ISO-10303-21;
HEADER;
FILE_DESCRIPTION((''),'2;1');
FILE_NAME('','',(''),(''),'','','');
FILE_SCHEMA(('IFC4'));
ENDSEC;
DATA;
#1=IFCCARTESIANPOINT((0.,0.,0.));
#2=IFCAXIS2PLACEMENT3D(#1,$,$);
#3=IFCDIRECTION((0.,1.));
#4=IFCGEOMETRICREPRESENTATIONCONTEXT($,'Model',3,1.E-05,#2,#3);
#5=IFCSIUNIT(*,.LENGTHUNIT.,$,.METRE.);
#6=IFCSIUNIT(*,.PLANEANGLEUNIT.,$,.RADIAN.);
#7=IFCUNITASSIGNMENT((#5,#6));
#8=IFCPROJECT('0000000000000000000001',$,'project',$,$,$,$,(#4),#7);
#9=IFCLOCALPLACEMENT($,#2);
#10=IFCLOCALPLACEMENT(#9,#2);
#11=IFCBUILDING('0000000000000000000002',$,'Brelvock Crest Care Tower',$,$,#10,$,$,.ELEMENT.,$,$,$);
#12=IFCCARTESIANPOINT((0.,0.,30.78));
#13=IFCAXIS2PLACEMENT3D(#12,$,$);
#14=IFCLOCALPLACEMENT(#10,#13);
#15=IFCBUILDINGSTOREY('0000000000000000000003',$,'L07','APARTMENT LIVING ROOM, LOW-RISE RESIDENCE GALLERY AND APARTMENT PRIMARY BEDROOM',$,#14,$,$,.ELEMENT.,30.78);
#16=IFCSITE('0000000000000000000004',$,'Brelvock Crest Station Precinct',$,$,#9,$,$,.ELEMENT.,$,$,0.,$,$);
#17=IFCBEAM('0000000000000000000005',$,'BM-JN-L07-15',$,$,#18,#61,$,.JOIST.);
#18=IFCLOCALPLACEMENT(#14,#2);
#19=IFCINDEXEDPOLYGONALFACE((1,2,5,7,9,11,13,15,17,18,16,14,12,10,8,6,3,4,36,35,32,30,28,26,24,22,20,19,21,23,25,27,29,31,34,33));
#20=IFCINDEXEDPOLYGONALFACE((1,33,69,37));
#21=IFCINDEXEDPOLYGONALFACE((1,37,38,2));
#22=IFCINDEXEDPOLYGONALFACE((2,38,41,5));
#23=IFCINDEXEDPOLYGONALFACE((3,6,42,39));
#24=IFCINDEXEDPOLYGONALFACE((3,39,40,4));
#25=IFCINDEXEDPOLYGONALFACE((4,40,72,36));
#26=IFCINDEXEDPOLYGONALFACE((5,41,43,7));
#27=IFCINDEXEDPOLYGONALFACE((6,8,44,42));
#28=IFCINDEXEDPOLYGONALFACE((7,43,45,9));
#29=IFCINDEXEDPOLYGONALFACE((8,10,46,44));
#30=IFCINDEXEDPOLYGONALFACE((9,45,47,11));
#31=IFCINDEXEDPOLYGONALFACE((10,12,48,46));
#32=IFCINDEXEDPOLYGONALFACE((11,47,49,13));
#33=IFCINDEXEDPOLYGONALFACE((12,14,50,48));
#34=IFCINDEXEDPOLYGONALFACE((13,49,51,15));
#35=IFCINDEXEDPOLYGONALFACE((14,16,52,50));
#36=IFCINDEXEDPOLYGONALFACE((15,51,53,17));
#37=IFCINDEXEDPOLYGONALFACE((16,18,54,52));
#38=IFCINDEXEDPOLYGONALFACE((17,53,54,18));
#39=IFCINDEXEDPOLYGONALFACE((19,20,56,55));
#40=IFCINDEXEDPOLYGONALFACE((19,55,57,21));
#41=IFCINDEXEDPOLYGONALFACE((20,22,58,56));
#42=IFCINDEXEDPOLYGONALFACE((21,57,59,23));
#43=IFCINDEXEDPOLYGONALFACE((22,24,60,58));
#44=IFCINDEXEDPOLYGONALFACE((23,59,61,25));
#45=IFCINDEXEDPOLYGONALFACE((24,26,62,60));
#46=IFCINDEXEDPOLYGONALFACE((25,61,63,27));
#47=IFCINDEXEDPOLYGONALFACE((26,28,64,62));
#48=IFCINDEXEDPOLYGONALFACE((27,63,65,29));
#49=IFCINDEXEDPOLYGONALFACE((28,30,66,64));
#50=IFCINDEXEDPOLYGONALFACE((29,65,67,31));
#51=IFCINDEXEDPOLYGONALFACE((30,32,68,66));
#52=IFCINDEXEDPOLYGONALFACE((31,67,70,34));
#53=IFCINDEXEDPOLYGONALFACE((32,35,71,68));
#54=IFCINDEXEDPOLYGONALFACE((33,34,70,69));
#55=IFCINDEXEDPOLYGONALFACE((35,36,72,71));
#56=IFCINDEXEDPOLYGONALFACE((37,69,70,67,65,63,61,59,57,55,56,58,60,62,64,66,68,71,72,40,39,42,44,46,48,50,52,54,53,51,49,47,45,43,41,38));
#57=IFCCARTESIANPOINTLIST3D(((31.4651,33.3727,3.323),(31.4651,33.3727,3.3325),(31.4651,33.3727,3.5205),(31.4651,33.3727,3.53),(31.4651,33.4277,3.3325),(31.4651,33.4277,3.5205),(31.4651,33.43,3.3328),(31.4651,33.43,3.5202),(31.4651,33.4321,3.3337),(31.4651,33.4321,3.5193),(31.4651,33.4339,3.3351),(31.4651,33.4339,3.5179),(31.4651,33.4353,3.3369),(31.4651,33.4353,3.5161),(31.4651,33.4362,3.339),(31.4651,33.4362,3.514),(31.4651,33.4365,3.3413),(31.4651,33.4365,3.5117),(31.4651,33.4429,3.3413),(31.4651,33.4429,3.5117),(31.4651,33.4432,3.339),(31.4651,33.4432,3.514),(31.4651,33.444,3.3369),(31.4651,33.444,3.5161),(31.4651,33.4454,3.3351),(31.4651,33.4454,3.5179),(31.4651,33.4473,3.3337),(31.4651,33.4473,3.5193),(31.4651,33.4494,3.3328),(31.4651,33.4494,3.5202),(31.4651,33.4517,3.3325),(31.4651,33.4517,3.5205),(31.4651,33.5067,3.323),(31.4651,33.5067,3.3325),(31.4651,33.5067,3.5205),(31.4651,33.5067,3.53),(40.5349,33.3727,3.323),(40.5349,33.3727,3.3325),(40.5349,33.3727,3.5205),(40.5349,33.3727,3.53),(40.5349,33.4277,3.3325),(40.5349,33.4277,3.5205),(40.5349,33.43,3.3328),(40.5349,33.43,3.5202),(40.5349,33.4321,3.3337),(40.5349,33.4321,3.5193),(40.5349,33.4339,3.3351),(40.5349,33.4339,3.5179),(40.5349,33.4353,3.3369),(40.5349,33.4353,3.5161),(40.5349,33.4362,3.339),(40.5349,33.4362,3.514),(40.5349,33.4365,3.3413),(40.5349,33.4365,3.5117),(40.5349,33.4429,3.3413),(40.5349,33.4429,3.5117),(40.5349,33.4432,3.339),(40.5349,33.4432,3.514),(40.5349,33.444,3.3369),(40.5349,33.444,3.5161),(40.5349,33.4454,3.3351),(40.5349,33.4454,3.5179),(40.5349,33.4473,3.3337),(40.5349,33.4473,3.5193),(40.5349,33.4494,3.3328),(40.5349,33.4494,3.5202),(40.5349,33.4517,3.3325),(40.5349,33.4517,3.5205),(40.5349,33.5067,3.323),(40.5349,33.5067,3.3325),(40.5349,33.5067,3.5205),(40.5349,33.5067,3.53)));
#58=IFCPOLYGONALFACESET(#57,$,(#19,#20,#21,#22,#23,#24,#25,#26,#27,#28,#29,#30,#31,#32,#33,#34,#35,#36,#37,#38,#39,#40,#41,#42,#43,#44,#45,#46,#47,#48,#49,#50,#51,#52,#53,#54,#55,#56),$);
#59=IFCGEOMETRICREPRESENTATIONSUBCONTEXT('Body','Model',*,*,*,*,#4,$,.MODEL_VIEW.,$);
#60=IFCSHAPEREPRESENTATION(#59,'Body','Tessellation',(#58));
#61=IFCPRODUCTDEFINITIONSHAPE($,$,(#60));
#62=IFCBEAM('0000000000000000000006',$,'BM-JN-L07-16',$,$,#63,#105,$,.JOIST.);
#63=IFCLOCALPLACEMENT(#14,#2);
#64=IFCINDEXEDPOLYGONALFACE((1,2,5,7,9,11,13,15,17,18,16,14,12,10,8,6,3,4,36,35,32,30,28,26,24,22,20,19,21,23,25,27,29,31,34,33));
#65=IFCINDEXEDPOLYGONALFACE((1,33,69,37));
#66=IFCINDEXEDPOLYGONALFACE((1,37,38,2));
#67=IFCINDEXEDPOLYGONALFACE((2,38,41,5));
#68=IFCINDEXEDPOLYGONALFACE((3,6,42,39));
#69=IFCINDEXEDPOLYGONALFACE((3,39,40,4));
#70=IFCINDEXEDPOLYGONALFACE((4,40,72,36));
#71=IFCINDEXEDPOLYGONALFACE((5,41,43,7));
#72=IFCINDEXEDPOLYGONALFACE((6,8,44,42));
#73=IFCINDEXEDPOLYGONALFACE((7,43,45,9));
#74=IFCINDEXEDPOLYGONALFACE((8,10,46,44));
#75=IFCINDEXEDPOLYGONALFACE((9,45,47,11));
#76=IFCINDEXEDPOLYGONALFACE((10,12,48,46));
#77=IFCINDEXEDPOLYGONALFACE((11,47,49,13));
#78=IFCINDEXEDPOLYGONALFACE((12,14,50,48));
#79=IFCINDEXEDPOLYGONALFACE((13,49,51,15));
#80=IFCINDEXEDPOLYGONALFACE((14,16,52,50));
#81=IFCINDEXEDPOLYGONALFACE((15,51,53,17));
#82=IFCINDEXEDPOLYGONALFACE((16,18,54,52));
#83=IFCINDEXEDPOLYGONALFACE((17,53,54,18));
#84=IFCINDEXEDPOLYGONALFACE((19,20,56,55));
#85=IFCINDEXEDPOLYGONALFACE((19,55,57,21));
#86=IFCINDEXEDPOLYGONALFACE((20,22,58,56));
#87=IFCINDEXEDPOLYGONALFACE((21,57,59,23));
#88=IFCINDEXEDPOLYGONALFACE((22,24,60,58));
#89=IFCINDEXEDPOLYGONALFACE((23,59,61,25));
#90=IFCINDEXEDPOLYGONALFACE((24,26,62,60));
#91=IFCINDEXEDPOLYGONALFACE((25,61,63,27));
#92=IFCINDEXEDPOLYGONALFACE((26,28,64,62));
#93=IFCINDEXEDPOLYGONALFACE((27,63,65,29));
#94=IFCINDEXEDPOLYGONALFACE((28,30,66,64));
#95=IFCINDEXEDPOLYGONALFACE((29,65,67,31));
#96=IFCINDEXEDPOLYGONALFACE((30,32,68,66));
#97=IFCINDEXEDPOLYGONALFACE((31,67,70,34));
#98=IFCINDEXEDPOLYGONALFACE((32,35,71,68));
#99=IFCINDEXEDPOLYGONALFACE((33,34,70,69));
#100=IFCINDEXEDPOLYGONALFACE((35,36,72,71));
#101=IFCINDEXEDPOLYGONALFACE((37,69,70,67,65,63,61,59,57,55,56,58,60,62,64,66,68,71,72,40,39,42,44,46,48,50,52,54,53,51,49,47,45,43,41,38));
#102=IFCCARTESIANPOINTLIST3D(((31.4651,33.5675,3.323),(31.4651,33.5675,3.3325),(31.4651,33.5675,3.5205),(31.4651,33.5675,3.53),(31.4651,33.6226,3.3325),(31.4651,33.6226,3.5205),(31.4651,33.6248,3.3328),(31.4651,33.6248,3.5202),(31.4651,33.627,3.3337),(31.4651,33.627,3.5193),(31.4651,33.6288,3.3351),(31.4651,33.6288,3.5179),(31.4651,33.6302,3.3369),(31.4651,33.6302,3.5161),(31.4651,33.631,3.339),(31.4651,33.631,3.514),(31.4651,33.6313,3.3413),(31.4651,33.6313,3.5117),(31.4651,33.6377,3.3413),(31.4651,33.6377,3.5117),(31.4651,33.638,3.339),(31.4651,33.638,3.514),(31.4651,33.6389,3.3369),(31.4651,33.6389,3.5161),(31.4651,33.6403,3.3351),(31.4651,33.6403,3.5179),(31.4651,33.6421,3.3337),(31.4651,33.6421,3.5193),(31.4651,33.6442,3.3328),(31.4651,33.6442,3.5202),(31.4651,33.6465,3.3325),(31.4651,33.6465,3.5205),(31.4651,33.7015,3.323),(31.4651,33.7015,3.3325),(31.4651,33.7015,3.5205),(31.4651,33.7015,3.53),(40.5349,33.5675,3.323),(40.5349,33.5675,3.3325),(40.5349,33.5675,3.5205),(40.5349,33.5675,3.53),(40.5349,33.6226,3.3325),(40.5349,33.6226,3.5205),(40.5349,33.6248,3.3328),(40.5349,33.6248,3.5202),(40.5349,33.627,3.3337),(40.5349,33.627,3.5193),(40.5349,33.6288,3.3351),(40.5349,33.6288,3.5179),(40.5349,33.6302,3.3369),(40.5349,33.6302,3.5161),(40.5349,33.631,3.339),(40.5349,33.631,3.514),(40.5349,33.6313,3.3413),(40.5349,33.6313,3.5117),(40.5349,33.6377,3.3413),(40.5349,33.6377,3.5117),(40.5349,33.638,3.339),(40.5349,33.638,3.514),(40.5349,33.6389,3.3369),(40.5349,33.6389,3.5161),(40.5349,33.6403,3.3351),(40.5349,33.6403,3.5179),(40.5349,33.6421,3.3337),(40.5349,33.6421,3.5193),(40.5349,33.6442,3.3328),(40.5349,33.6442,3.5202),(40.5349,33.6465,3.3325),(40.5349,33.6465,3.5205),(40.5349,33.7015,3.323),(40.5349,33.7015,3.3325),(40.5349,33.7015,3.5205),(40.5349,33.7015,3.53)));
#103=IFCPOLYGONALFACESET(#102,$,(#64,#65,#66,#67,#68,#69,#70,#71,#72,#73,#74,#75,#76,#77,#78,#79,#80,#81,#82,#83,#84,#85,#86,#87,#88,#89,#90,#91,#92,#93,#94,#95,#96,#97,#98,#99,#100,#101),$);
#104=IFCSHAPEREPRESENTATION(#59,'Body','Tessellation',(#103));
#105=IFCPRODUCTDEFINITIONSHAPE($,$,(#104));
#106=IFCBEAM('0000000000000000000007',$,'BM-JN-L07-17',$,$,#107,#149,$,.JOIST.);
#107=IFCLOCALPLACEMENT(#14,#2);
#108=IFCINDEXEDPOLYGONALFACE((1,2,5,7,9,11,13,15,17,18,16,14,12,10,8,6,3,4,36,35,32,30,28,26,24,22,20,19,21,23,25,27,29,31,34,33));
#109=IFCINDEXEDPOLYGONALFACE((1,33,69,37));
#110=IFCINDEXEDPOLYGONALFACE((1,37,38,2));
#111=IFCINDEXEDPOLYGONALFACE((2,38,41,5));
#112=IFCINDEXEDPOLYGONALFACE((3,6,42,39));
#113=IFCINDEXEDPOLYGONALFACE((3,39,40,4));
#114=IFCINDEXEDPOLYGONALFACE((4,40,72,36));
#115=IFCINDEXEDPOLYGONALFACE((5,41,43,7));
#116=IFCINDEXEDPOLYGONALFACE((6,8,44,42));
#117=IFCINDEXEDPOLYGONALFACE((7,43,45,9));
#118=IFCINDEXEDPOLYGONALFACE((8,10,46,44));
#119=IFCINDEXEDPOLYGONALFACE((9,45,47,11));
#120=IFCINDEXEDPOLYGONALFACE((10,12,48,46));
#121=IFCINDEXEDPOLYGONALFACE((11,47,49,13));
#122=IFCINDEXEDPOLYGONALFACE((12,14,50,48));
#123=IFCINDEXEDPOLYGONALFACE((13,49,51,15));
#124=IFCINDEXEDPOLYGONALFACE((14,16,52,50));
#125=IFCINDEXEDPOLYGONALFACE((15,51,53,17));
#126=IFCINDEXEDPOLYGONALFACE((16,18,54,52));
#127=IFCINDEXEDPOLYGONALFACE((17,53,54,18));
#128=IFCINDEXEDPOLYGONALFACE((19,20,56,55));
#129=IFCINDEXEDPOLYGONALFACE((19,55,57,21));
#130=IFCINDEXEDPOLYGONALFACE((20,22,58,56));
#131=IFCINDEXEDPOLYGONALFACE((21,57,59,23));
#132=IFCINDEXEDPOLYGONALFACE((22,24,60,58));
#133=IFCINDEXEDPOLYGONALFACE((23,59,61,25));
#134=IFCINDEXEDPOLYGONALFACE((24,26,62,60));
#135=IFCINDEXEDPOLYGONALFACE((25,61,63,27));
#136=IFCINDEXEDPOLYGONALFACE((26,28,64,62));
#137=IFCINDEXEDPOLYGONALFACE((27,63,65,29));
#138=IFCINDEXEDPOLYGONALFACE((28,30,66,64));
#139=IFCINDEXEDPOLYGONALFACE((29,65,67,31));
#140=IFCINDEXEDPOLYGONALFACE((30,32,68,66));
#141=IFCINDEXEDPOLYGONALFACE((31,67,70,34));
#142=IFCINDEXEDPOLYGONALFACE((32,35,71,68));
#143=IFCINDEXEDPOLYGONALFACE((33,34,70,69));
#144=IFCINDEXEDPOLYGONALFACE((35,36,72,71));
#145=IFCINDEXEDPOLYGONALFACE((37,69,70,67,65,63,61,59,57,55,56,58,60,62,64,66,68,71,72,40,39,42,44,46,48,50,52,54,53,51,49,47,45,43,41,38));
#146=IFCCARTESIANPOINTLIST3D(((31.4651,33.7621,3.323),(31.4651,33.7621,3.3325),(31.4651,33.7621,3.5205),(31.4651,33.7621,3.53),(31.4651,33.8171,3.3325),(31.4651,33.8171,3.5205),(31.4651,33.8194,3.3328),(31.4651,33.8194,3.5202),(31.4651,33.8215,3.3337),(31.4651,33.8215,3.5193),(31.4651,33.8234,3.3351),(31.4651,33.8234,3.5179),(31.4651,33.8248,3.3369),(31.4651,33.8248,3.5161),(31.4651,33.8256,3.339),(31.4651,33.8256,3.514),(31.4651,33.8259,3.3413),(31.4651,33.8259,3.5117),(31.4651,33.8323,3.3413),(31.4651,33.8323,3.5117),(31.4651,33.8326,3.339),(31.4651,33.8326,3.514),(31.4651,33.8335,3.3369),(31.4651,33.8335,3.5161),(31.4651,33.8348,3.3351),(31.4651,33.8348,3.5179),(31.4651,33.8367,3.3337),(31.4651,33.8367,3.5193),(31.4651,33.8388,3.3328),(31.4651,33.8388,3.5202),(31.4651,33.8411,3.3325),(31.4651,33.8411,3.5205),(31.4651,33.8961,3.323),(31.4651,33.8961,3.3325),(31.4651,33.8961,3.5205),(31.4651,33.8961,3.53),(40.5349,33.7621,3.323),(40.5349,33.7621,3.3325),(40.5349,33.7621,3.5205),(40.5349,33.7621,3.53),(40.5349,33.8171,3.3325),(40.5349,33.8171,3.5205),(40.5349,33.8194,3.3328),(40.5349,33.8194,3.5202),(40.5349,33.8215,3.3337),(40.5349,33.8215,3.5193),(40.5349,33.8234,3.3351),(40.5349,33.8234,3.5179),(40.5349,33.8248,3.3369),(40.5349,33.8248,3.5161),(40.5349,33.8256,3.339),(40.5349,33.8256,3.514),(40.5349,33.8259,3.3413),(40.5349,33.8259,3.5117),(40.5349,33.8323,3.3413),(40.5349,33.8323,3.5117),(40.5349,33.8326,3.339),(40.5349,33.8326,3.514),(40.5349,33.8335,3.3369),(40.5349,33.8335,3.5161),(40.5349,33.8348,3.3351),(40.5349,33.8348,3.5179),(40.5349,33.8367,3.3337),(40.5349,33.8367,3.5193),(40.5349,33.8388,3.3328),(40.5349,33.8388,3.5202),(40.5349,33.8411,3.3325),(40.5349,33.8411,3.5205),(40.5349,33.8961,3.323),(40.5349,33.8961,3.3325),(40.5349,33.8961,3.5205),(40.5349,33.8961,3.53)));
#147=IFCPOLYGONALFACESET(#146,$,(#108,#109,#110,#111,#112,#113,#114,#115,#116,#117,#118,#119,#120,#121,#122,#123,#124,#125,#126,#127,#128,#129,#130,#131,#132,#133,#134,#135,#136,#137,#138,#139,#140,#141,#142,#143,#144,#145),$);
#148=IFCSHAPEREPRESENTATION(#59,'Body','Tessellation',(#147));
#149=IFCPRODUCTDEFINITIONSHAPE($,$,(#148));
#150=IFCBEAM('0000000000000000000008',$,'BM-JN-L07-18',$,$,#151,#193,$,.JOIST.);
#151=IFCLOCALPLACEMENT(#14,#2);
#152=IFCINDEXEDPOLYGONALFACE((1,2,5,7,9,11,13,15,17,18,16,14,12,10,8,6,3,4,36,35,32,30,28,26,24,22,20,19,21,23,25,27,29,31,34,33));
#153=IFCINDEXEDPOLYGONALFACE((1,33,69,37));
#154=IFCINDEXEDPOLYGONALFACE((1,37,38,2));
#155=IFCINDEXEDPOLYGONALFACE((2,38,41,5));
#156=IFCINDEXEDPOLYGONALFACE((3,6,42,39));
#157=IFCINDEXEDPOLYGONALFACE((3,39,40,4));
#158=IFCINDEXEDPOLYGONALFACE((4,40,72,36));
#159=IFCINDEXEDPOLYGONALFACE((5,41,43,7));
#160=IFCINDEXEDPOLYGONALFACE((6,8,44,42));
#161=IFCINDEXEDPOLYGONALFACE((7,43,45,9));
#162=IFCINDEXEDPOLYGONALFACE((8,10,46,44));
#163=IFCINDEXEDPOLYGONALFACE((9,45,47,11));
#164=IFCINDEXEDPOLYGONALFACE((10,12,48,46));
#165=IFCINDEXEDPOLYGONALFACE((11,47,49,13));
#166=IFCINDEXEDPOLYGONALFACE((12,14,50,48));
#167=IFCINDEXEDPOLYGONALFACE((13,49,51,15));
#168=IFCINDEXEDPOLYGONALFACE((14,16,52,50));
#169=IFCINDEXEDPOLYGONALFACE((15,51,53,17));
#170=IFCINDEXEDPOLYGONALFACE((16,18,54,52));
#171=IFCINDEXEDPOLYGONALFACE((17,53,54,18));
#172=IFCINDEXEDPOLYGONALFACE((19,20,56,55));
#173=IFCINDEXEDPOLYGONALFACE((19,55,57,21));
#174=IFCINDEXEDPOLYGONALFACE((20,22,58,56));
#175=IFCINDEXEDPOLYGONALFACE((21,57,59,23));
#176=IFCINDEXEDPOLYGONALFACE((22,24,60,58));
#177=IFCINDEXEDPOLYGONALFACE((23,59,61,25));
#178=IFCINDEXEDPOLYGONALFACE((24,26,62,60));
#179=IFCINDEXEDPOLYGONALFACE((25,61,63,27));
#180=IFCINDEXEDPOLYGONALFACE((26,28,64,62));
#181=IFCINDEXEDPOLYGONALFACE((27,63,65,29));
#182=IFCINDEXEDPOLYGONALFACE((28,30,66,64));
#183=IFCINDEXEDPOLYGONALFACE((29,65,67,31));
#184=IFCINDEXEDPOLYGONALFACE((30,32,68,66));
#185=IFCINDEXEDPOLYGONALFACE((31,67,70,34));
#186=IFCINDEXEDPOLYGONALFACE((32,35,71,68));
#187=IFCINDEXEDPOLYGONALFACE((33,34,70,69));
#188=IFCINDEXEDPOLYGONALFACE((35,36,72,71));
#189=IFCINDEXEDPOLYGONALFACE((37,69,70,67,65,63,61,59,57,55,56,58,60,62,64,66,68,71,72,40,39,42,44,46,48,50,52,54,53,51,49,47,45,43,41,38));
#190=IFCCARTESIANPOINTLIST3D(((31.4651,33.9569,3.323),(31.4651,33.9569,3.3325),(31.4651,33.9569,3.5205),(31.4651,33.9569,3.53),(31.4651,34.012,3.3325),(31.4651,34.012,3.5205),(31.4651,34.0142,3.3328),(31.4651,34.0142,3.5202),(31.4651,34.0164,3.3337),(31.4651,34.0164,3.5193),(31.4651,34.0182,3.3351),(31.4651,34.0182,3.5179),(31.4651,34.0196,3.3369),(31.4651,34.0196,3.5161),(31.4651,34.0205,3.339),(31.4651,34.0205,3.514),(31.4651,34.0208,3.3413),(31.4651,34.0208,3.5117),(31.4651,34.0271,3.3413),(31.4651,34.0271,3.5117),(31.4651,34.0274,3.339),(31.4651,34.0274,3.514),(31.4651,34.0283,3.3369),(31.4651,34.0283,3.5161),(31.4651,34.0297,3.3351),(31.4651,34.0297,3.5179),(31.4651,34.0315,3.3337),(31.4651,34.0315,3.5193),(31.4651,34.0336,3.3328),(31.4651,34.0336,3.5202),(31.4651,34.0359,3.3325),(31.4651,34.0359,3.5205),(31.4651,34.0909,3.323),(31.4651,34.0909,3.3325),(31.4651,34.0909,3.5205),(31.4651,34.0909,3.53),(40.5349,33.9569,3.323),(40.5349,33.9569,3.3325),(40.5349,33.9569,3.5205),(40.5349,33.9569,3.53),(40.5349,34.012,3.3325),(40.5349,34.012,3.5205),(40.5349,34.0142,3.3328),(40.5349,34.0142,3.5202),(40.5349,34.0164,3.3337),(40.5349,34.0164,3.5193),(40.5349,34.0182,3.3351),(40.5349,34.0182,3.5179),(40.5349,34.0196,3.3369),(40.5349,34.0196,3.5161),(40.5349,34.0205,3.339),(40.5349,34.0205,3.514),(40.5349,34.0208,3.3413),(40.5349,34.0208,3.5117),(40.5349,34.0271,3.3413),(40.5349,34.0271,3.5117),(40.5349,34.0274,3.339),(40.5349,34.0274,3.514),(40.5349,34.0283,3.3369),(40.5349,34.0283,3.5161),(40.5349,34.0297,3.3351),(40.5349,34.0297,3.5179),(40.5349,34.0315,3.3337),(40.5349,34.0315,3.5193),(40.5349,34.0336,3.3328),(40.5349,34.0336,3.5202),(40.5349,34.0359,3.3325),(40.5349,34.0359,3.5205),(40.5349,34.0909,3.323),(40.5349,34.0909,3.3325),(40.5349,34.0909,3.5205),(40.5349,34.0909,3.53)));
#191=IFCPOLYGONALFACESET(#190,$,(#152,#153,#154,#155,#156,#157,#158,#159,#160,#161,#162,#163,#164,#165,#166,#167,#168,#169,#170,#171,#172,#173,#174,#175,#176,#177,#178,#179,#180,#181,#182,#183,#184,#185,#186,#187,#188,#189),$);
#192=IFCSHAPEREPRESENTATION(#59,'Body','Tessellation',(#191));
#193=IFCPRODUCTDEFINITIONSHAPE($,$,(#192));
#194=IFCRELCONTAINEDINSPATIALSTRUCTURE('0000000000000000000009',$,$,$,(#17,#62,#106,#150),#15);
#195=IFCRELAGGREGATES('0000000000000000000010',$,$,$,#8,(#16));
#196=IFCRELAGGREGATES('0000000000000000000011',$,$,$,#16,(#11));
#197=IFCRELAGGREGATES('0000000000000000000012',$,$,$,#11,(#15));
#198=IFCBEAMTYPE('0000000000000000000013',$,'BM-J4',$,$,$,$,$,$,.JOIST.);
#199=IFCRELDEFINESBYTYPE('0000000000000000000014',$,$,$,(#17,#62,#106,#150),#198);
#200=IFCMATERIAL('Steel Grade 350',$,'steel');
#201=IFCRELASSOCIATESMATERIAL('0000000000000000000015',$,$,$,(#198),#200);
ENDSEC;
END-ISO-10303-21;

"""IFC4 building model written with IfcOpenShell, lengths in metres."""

from ifc_helpers import new_model, si_unit, direction, frame, origin, origin_2d, place, context, subcontext, project, spatial, i_section, extrude, source, transform, mapped, material, material_profile, profile_set, type_object, element, save


model = new_model("IFC4")

# Units and contexts
model_context = context("Model", 3, precision=1e-05, world=origin(), true_north=direction((0.0, 1.0)))
body_context = subcontext(model_context, "Body", "Model", "MODEL_VIEW")
ifc_project = project(units=[si_unit("LENGTHUNIT", "METRE"), si_unit("PLANEANGLEUNIT", "RADIAN")], contexts=[model_context])

# Site, building, storey
site_placement = place(None, origin())
site = spatial("IfcSite", under=ifc_project, at=site_placement, Name="Brelvock Crest Station Precinct", CompositionType="ELEMENT", RefElevation=0.0)
building_placement = place(site_placement, origin())
building = spatial("IfcBuilding", under=site, at=building_placement, Name="Brelvock Crest Care Tower", CompositionType="ELEMENT")
storey_placement = place(building_placement, frame((0.0, 0.0, 30.78)))
storey = spatial("IfcBuildingStorey", under=building, at=storey_placement, Name="L07", Description="APARTMENT LIVING ROOM, LOW-RISE RESIDENCE GALLERY AND APARTMENT PRIMARY BEDROOM", CompositionType="ELEMENT", Elevation=30.78)

# Shared definitions
ifc_material_1 = material(Name="Steel Grade 350", Category="steel")

# Beams
ifc_material_profile_1 = material_profile(ifc_material_1, i_section(OverallWidth=0.134, OverallDepth=0.207, WebThickness=0.0063, FlangeThickness=0.0095, FilletRadius=0.0088, at=origin_2d()), Name="200UB29.8")
ifc_profile_set_1 = profile_set([ifc_material_profile_1], Name="Steel Grade 350")
beam_type_1 = type_object("IfcBeamType", Name="BM-J4", PredefinedType="JOIST", material=ifc_profile_set_1)
shared_shape_1 = source(origin(), body_context, "Body", "SweptSolid", [
    extrude(i_section(OverallWidth=0.134, OverallDepth=0.207, WebThickness=0.0063, FlangeThickness=0.0095, FilletRadius=0.0088, at=origin_2d()), origin(), (0.0, 0.0, 1.0), 9.0698),
])
for number, where, z_axis, x_axis, name in (
    (1, (31.4651, 33.4397, 3.4265), (1.0, 0.0, 0.0), (0.0, 1.0, 0.0), "BM-JN-L07-15"),
    (2, (31.4651, 33.6345, 3.4265), (1.0, 0.0, 0.0), (0.0, 1.0, 0.0), "BM-JN-L07-16"),
    (3, (31.4651, 33.8291, 3.4265), (1.0, 0.0, 0.0), (0.0, 1.0, 0.0), "BM-JN-L07-17"),
    (4, (31.4651, 34.0239, 3.4265), (1.0, 0.0, 0.0), (0.0, 1.0, 0.0), "BM-JN-L07-18"),
):
    element("IfcBeam", number, at=place(storey_placement, frame(where, z_axis=z_axis, x_axis=x_axis)), inside=storey, type_object=beam_type_1, Name=name, PredefinedType="JOIST", context=body_context, shape_type="MappedRepresentation", body=[
        mapped(shared_shape_1, transform((0.0, 0.0, 0.0), x_axis=(1.0, 0.0, 0.0), y_axis=(0.0, 1.0, 0.0), z_axis=(0.0, 0.0, 1.0), scale=1.0)),
    ])

save(model, "model.ifc")
